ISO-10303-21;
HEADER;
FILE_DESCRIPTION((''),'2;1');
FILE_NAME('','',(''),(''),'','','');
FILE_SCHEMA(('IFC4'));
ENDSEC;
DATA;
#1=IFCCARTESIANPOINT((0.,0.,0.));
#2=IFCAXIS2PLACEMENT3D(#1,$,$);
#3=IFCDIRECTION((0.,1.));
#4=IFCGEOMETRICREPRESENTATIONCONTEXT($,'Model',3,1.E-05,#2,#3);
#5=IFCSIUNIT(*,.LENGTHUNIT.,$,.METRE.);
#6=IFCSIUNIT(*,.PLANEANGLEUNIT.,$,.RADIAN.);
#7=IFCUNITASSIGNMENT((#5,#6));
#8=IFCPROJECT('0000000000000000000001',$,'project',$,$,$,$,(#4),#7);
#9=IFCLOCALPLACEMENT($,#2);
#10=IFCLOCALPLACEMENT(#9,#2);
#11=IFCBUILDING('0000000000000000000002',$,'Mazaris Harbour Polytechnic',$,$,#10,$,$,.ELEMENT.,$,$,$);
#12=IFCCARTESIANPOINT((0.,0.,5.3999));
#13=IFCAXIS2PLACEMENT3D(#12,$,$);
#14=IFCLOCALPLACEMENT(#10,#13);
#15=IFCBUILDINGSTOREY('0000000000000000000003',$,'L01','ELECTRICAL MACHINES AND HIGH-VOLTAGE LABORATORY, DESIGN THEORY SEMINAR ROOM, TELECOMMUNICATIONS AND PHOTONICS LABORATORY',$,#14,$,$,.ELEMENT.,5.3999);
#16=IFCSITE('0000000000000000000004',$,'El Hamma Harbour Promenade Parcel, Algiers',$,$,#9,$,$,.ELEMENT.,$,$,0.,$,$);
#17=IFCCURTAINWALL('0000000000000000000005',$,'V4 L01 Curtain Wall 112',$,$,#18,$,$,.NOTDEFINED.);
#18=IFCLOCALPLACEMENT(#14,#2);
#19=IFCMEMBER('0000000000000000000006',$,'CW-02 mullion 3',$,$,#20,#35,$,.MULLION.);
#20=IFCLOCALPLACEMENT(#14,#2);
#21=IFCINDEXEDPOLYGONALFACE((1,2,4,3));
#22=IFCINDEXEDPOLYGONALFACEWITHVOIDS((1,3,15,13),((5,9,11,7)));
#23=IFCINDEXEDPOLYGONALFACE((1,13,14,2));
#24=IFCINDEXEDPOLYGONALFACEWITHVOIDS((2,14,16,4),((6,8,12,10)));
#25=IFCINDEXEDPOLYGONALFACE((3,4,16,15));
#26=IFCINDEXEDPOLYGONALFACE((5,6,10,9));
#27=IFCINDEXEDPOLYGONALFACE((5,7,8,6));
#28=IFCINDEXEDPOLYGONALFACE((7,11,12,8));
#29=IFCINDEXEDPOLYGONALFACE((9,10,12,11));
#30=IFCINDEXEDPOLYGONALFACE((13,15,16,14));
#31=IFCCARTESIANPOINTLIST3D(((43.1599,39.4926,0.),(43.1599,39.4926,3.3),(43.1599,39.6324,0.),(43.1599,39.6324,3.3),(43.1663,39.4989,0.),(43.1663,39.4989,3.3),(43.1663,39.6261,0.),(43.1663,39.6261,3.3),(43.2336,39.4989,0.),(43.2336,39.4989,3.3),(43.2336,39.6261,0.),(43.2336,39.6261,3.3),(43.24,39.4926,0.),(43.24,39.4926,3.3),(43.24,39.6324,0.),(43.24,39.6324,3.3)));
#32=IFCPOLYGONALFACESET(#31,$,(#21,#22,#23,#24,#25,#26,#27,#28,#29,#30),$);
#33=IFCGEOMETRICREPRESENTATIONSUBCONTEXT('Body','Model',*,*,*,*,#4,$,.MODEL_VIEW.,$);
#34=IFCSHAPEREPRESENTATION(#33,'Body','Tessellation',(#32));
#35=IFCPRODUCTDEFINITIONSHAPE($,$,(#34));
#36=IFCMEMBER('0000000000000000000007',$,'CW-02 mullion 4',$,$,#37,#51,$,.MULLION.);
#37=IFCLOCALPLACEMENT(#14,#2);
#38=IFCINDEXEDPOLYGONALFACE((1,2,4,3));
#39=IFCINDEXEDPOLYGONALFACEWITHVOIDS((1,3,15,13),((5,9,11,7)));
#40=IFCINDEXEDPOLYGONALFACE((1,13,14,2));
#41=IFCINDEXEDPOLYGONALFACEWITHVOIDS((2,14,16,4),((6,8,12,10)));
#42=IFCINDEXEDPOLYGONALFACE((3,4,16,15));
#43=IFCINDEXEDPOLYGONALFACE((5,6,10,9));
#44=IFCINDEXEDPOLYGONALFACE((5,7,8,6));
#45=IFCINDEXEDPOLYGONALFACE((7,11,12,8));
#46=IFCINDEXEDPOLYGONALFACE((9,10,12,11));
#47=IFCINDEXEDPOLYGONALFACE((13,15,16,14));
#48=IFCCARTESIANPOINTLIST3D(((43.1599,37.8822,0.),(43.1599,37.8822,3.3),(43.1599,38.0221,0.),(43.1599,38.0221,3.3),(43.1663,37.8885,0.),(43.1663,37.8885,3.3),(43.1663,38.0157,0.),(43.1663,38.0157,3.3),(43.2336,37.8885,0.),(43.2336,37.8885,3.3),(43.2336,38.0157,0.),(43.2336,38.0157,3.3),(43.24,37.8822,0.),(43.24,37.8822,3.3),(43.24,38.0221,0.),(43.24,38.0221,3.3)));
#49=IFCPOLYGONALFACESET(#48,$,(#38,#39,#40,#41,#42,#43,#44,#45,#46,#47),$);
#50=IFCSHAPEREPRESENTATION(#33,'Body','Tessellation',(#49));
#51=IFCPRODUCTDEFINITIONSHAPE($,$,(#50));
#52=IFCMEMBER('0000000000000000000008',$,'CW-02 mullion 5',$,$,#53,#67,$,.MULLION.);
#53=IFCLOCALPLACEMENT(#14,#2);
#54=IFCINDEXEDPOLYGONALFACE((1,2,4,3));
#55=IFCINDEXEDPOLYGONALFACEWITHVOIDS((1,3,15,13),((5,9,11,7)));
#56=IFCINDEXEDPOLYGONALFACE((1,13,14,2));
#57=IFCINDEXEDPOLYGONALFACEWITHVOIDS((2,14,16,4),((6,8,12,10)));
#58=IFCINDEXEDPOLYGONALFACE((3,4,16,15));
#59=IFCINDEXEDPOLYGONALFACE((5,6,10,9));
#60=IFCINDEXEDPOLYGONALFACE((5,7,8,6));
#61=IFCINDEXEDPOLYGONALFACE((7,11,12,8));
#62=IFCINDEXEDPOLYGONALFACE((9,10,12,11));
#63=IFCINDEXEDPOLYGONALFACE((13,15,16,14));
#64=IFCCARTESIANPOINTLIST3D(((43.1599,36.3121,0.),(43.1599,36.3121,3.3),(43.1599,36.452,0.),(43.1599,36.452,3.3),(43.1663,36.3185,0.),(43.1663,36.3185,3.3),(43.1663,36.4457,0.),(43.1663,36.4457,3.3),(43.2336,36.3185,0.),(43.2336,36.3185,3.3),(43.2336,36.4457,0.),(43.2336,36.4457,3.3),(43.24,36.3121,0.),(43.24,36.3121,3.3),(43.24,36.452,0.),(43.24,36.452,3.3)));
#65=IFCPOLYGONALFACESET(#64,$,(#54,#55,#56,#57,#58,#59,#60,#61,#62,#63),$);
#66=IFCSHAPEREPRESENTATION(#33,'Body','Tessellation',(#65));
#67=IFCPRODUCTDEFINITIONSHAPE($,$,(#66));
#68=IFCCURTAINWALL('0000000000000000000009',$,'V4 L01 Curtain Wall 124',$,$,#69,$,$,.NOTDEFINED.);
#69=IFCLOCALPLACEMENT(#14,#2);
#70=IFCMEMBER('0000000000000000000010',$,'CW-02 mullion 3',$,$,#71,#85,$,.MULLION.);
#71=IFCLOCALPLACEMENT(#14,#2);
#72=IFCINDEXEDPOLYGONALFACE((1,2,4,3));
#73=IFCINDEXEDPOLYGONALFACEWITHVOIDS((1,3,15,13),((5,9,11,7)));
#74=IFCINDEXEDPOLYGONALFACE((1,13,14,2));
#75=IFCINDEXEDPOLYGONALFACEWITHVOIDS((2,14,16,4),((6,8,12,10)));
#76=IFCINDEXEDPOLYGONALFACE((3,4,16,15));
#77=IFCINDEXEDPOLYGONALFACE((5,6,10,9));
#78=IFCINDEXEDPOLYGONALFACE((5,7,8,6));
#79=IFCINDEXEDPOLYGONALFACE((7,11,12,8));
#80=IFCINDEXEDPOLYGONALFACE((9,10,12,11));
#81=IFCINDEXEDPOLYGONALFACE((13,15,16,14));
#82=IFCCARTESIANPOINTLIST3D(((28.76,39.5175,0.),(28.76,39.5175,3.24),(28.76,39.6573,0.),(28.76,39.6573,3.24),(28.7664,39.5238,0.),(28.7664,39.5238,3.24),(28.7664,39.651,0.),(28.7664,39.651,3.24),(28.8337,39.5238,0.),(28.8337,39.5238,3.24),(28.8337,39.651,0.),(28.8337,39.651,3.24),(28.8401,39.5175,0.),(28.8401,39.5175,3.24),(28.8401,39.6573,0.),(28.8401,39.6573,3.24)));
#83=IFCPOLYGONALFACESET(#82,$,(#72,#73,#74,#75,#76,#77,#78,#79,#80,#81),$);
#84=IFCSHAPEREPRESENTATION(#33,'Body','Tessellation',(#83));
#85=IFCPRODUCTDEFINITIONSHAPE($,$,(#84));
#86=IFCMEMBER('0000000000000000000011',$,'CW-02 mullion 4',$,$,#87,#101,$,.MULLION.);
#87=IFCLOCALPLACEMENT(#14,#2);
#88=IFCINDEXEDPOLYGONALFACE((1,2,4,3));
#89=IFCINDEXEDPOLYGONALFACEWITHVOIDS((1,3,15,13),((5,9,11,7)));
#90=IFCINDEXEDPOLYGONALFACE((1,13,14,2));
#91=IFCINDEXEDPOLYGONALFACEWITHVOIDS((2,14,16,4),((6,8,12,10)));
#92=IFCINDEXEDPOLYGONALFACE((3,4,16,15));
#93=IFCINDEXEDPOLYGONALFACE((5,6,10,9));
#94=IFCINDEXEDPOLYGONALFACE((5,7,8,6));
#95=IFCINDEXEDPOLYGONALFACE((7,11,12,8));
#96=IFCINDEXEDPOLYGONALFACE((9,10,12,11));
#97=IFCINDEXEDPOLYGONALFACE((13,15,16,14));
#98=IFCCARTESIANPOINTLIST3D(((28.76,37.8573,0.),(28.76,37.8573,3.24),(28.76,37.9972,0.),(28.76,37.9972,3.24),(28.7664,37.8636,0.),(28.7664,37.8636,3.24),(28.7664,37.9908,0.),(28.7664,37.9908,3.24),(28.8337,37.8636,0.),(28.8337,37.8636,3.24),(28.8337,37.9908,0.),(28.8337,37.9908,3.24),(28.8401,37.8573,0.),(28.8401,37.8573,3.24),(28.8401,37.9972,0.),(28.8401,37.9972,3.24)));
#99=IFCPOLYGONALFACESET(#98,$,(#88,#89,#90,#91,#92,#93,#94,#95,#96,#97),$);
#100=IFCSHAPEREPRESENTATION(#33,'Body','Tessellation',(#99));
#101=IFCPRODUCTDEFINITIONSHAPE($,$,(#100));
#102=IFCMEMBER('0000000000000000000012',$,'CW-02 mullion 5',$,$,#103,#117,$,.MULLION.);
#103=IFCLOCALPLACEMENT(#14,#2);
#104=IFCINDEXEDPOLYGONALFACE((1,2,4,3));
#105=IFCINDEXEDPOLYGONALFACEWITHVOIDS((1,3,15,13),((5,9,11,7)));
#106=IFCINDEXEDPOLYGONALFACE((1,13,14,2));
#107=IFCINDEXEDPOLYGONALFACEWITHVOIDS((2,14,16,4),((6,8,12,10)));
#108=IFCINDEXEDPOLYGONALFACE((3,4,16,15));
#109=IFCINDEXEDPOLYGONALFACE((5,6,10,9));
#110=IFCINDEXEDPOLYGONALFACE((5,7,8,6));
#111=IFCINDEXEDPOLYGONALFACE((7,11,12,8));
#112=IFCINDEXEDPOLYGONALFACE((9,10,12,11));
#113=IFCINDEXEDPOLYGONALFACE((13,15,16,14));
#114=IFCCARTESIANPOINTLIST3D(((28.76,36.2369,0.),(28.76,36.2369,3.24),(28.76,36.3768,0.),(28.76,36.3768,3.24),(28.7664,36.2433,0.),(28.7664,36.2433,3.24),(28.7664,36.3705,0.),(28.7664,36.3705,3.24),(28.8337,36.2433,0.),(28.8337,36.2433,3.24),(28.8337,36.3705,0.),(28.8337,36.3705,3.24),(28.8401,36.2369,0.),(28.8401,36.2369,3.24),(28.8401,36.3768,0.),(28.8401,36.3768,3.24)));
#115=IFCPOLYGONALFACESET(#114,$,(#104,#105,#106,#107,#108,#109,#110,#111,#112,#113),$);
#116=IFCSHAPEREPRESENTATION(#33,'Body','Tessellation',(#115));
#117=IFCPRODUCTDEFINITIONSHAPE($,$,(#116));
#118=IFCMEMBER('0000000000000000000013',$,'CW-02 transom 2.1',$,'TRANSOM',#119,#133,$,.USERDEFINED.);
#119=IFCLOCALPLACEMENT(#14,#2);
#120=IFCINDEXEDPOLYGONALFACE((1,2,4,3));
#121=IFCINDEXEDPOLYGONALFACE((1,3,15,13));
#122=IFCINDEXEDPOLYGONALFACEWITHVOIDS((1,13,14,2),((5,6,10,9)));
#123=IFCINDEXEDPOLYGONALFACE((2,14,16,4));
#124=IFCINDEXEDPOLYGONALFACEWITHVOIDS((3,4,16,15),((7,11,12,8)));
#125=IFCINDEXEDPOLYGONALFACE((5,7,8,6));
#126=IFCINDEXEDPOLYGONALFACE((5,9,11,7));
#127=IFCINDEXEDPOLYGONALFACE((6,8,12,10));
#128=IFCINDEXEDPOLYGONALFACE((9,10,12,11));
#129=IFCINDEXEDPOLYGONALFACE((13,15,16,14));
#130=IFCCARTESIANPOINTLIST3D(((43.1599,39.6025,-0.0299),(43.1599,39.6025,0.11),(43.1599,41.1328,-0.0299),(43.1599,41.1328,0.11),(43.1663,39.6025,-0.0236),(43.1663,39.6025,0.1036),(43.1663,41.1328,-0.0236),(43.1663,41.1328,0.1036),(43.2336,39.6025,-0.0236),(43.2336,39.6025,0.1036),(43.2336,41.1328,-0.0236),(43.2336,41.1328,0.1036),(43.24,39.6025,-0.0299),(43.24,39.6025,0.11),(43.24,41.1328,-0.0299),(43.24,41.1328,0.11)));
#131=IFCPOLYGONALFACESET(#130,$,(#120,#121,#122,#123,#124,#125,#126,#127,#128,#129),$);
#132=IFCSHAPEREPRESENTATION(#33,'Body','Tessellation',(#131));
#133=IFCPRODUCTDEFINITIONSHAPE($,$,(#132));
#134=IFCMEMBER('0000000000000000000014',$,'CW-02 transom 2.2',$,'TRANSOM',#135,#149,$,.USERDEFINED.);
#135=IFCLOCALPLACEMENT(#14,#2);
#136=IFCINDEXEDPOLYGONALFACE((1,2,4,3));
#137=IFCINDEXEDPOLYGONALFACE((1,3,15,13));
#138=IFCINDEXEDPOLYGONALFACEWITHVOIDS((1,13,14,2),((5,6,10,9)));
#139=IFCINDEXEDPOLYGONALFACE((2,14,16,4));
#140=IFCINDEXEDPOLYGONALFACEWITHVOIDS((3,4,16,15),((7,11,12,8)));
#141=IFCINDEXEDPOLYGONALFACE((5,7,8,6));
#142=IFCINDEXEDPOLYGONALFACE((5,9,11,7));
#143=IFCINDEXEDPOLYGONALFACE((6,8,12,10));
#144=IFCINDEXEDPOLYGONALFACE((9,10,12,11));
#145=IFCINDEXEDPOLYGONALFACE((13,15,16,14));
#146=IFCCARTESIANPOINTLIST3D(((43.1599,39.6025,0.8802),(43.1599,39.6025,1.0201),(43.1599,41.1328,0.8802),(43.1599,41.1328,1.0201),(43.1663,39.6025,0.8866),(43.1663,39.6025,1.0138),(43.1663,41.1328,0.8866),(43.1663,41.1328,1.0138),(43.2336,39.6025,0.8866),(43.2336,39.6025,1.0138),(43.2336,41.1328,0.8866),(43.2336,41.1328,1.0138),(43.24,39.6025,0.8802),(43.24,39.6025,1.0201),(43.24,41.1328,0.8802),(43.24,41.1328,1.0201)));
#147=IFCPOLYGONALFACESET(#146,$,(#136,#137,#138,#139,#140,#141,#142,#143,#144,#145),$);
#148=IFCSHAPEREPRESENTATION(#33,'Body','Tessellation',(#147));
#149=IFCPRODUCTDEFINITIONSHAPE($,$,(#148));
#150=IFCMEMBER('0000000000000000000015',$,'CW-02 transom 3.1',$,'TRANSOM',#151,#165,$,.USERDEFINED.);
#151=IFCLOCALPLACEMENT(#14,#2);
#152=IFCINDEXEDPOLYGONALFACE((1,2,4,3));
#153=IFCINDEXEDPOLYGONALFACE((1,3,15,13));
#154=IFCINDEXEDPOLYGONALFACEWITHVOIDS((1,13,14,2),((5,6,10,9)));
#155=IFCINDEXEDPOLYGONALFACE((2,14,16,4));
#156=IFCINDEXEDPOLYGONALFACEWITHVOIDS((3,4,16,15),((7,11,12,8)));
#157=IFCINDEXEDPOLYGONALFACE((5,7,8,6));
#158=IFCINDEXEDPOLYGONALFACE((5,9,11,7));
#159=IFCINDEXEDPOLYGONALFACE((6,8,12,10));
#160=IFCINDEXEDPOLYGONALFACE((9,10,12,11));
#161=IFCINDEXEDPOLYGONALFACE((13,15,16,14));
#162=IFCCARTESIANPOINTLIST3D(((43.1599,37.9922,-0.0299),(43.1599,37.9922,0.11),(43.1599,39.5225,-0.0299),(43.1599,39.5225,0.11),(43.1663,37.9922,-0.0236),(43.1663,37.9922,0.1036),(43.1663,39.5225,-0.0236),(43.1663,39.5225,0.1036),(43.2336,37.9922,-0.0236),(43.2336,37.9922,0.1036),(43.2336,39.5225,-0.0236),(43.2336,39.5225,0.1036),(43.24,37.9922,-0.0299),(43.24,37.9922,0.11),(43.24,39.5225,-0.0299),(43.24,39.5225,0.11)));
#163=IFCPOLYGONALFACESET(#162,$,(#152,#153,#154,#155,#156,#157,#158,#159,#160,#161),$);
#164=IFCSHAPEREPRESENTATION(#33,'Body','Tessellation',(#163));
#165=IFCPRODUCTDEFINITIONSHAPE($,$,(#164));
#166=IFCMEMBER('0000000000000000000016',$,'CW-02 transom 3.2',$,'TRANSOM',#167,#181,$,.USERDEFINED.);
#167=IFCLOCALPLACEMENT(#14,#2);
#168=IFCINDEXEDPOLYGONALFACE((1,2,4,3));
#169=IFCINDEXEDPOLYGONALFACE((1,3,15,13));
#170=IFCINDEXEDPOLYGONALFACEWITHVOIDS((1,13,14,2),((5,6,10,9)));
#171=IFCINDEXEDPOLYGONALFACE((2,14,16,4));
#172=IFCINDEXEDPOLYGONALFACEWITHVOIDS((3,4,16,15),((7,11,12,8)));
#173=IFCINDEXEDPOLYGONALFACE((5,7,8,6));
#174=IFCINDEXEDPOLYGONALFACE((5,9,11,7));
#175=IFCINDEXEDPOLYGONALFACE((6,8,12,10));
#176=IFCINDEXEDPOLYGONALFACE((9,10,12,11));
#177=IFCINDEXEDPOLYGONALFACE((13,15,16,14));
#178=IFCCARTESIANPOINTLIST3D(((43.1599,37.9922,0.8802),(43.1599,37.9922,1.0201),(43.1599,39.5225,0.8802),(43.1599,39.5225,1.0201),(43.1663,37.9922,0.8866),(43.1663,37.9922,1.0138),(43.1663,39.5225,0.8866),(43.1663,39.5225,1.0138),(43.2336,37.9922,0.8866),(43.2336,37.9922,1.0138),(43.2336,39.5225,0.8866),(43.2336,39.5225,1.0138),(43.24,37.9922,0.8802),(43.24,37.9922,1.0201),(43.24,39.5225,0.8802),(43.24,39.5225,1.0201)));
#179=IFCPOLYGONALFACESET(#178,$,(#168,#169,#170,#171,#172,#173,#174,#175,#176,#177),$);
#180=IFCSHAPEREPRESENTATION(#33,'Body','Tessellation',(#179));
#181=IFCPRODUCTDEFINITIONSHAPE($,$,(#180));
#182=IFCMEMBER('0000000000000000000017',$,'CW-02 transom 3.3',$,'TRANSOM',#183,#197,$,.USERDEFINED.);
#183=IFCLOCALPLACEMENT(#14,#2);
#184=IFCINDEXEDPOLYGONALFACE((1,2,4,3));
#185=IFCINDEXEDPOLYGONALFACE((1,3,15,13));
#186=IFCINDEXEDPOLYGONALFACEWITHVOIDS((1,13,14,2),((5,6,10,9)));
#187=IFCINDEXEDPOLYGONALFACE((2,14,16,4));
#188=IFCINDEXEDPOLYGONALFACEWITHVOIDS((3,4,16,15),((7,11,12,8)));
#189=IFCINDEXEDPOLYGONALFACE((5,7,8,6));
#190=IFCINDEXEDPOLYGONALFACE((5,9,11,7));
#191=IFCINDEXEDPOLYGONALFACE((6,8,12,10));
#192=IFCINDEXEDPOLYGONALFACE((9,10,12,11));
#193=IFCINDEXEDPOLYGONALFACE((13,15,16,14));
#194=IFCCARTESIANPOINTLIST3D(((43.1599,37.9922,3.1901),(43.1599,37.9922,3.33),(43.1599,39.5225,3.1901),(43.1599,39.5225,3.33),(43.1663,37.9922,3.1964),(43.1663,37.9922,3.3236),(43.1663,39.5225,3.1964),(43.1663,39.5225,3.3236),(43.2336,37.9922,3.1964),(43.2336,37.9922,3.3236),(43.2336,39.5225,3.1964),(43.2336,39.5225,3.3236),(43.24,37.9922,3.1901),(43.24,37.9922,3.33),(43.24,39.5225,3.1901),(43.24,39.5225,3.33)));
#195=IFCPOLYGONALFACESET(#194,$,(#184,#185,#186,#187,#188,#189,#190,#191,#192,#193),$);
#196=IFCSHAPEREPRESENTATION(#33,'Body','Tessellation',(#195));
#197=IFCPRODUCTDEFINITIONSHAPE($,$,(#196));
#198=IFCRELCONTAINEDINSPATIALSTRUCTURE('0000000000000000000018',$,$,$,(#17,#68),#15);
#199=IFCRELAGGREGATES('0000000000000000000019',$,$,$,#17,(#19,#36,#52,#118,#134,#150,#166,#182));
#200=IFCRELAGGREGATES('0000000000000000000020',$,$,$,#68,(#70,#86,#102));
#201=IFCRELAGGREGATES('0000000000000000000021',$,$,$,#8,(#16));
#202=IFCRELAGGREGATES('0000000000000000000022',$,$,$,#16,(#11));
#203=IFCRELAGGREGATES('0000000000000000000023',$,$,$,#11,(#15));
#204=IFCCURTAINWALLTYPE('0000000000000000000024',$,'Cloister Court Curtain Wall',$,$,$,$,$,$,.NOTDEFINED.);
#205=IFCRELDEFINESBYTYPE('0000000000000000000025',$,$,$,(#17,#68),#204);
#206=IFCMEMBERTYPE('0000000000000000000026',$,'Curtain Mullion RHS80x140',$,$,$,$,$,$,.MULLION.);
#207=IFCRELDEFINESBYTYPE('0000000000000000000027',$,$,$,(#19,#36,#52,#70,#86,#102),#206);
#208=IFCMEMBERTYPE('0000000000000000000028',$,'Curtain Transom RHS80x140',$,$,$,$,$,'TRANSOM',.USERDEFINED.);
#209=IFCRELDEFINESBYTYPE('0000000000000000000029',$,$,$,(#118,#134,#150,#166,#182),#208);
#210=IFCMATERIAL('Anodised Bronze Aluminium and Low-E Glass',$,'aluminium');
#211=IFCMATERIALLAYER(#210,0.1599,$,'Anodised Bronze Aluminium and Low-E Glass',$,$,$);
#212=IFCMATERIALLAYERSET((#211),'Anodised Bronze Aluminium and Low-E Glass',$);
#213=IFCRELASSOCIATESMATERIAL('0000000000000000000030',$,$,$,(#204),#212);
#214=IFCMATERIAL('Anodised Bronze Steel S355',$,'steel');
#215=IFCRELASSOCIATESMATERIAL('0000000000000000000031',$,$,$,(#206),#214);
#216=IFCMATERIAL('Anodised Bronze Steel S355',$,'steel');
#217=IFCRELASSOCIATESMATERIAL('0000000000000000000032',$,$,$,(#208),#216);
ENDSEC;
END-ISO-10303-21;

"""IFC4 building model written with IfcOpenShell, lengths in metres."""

from ifc_helpers import new_model, si_unit, direction, frame, origin, origin_2d, place, context, subcontext, project, spatial, hollow_rectangle, extrude, material, layer, layer_set, material_profile, profile_set, type_object, element, aggregate, save


model = new_model("IFC4")

# Units and contexts
model_context = context("Model", 3, precision=1e-05, world=origin(), true_north=direction((0.0, 1.0)))
body_context = subcontext(model_context, "Body", "Model", "MODEL_VIEW")
ifc_project = project(units=[si_unit("LENGTHUNIT", "METRE"), si_unit("PLANEANGLEUNIT", "RADIAN")], contexts=[model_context])

# Site, building, storey
site_placement = place(None, origin())
site = spatial("IfcSite", under=ifc_project, at=site_placement, Name="El Hamma Harbour Promenade Parcel, Algiers", CompositionType="ELEMENT", RefElevation=0.0)
building_placement = place(site_placement, origin())
building = spatial("IfcBuilding", under=site, at=building_placement, Name="Mazaris Harbour Polytechnic", CompositionType="ELEMENT")
storey_placement = place(building_placement, frame((0.0, 0.0, 5.3999)))
storey = spatial("IfcBuildingStorey", under=building, at=storey_placement, Name="L01", Description="ELECTRICAL MACHINES AND HIGH-VOLTAGE LABORATORY, DESIGN THEORY SEMINAR ROOM, TELECOMMUNICATIONS AND PHOTONICS LABORATORY", CompositionType="ELEMENT", Elevation=5.3999)

# Curtain walls, members
ifc_material_1 = material(Name="Anodised Bronze Aluminium and Low-E Glass", Category="aluminium")
ifc_layer_1 = layer(ifc_material_1, 0.1599, Name="Anodised Bronze Aluminium and Low-E Glass")
ifc_layer_set_1 = layer_set([ifc_layer_1], Name="Anodised Bronze Aluminium and Low-E Glass")
curtain_wall_type = type_object("IfcCurtainWallType", Name="Cloister Court Curtain Wall", PredefinedType="NOTDEFINED", material=ifc_layer_set_1)
curtain_wall_1_placement = place(storey_placement, origin())
curtain_wall_1 = element("IfcCurtainWall", 1, at=curtain_wall_1_placement, inside=storey, type_object=curtain_wall_type, Name="V4 L01 Curtain Wall 112", PredefinedType="NOTDEFINED")
ifc_material_2 = material(Name="Anodised Bronze Steel S355", Category="steel")
ifc_material_profile_1 = material_profile(ifc_material_2, hollow_rectangle(XDim=0.0801, YDim=0.1399, WallThickness=0.0063, at=origin_2d()), Name="RHS 80x140x6.3")
ifc_profile_set_1 = profile_set([ifc_material_profile_1], Name="Anodised Bronze Steel S355")
member_type_1 = type_object("IfcMemberType", Name="Curtain Mullion RHS80x140", PredefinedType="MULLION", material=ifc_profile_set_1)
member_1_placement = place(storey_placement, frame((43.2, 39.5625, 0.0), z_axis=(0.0, 0.0, 1.0), x_axis=(1.0, 0.0, 0.0)))
member_1 = element("IfcMember", 2, at=member_1_placement, type_object=member_type_1, Name="CW-02 mullion 3", PredefinedType="MULLION", context=body_context, shape_type="SweptSolid", body=[
    extrude(hollow_rectangle(XDim=0.0801, YDim=0.1399, WallThickness=0.0063, at=origin_2d()), origin(), (0.0, 0.0, 1.0), 3.3),
])
member_2_placement = place(storey_placement, frame((43.2, 37.9521, 0.0), z_axis=(0.0, 0.0, 1.0), x_axis=(1.0, 0.0, 0.0)))
member_2 = element("IfcMember", 3, at=member_2_placement, type_object=member_type_1, Name="CW-02 mullion 4", PredefinedType="MULLION", context=body_context, shape_type="SweptSolid", body=[
    extrude(hollow_rectangle(XDim=0.0801, YDim=0.1399, WallThickness=0.0063, at=origin_2d()), origin(), (0.0, 0.0, 1.0), 3.3),
])
member_3_placement = place(storey_placement, frame((43.2, 36.3821, 0.0), z_axis=(0.0, 0.0, 1.0), x_axis=(1.0, 0.0, 0.0)))
member_3 = element("IfcMember", 4, at=member_3_placement, type_object=member_type_1, Name="CW-02 mullion 5", PredefinedType="MULLION", context=body_context, shape_type="SweptSolid", body=[
    extrude(hollow_rectangle(XDim=0.0801, YDim=0.1399, WallThickness=0.0063, at=origin_2d()), origin(), (0.0, 0.0, 1.0), 3.3),
])
curtain_wall_2_placement = place(storey_placement, origin())
curtain_wall_2 = element("IfcCurtainWall", 5, at=curtain_wall_2_placement, inside=storey, type_object=curtain_wall_type, Name="V4 L01 Curtain Wall 124", PredefinedType="NOTDEFINED")
member_4_placement = place(storey_placement, frame((28.8, 39.5874, 0.0), z_axis=(0.0, 0.0, 1.0), x_axis=(1.0, 0.0, 0.0)))
member_4 = element("IfcMember", 6, at=member_4_placement, type_object=member_type_1, Name="CW-02 mullion 3", PredefinedType="MULLION", context=body_context, shape_type="SweptSolid", body=[
    extrude(hollow_rectangle(XDim=0.0801, YDim=0.1399, WallThickness=0.0063, at=origin_2d()), origin(), (0.0, 0.0, 1.0), 3.24),
])
member_5_placement = place(storey_placement, frame((28.8, 37.9272, 0.0), z_axis=(0.0, 0.0, 1.0), x_axis=(1.0, 0.0, 0.0)))
member_5 = element("IfcMember", 7, at=member_5_placement, type_object=member_type_1, Name="CW-02 mullion 4", PredefinedType="MULLION", context=body_context, shape_type="SweptSolid", body=[
    extrude(hollow_rectangle(XDim=0.0801, YDim=0.1399, WallThickness=0.0063, at=origin_2d()), origin(), (0.0, 0.0, 1.0), 3.24),
])
member_6_placement = place(storey_placement, frame((28.8, 36.3069, 0.0), z_axis=(0.0, 0.0, 1.0), x_axis=(1.0, 0.0, 0.0)))
member_6 = element("IfcMember", 8, at=member_6_placement, type_object=member_type_1, Name="CW-02 mullion 5", PredefinedType="MULLION", context=body_context, shape_type="SweptSolid", body=[
    extrude(hollow_rectangle(XDim=0.0801, YDim=0.1399, WallThickness=0.0063, at=origin_2d()), origin(), (0.0, 0.0, 1.0), 3.24),
])

# Members
ifc_material_3 = material(Name="Anodised Bronze Steel S355", Category="steel")
ifc_material_profile_2 = material_profile(ifc_material_3, hollow_rectangle(XDim=0.0801, YDim=0.1399, WallThickness=0.0063, at=origin_2d()), Name="RHS 80x140x6.3")
ifc_profile_set_2 = profile_set([ifc_material_profile_2], Name="Anodised Bronze Steel S355")
member_type_2 = type_object("IfcMemberType", Name="Curtain Transom RHS80x140", ElementType="TRANSOM", PredefinedType="USERDEFINED", material=ifc_profile_set_2)
member_7_placement = place(storey_placement, frame((43.2, 41.1328, 0.04), z_axis=(0.0, -1.0, 0.0), x_axis=(1.0, 0.0, 0.0)))
member_7 = element("IfcMember", 9, at=member_7_placement, type_object=member_type_2, Name="CW-02 transom 2.1", ObjectType="TRANSOM", PredefinedType="USERDEFINED", context=body_context, shape_type="SweptSolid", body=[
    extrude(hollow_rectangle(XDim=0.0801, YDim=0.1399, WallThickness=0.0063, at=origin_2d()), origin(), (0.0, 0.0, 1.0), 1.5303),
])
member_8_placement = place(storey_placement, frame((43.2, 41.1328, 0.9502), z_axis=(0.0, -1.0, 0.0), x_axis=(1.0, 0.0, 0.0)))
member_8 = element("IfcMember", 10, at=member_8_placement, type_object=member_type_2, Name="CW-02 transom 2.2", ObjectType="TRANSOM", PredefinedType="USERDEFINED", context=body_context, shape_type="SweptSolid", body=[
    extrude(hollow_rectangle(XDim=0.0801, YDim=0.1399, WallThickness=0.0063, at=origin_2d()), origin(), (0.0, 0.0, 1.0), 1.5303),
])
member_9_placement = place(storey_placement, frame((43.2, 39.5225, 0.04), z_axis=(0.0, -1.0, 0.0), x_axis=(1.0, 0.0, 0.0)))
member_9 = element("IfcMember", 11, at=member_9_placement, type_object=member_type_2, Name="CW-02 transom 3.1", ObjectType="TRANSOM", PredefinedType="USERDEFINED", context=body_context, shape_type="SweptSolid", body=[
    extrude(hollow_rectangle(XDim=0.0801, YDim=0.1399, WallThickness=0.0063, at=origin_2d()), origin(), (0.0, 0.0, 1.0), 1.5303),
])
member_10_placement = place(storey_placement, frame((43.2, 39.5225, 0.9502), z_axis=(0.0, -1.0, 0.0), x_axis=(1.0, 0.0, 0.0)))
member_10 = element("IfcMember", 12, at=member_10_placement, type_object=member_type_2, Name="CW-02 transom 3.2", ObjectType="TRANSOM", PredefinedType="USERDEFINED", context=body_context, shape_type="SweptSolid", body=[
    extrude(hollow_rectangle(XDim=0.0801, YDim=0.1399, WallThickness=0.0063, at=origin_2d()), origin(), (0.0, 0.0, 1.0), 1.5303),
])
member_11_placement = place(storey_placement, frame((43.2, 39.5225, 3.26), z_axis=(0.0, -1.0, 0.0), x_axis=(1.0, 0.0, 0.0)))
member_11 = element("IfcMember", 13, at=member_11_placement, type_object=member_type_2, Name="CW-02 transom 3.3", ObjectType="TRANSOM", PredefinedType="USERDEFINED", context=body_context, shape_type="SweptSolid", body=[
    extrude(hollow_rectangle(XDim=0.0801, YDim=0.1399, WallThickness=0.0063, at=origin_2d()), origin(), (0.0, 0.0, 1.0), 1.5303),
])

aggregate(curtain_wall_1, [member_1, member_2, member_3, member_7, member_8, member_9, member_10, member_11])
aggregate(curtain_wall_2, [member_4, member_5, member_6])

save(model, "model.ifc")
